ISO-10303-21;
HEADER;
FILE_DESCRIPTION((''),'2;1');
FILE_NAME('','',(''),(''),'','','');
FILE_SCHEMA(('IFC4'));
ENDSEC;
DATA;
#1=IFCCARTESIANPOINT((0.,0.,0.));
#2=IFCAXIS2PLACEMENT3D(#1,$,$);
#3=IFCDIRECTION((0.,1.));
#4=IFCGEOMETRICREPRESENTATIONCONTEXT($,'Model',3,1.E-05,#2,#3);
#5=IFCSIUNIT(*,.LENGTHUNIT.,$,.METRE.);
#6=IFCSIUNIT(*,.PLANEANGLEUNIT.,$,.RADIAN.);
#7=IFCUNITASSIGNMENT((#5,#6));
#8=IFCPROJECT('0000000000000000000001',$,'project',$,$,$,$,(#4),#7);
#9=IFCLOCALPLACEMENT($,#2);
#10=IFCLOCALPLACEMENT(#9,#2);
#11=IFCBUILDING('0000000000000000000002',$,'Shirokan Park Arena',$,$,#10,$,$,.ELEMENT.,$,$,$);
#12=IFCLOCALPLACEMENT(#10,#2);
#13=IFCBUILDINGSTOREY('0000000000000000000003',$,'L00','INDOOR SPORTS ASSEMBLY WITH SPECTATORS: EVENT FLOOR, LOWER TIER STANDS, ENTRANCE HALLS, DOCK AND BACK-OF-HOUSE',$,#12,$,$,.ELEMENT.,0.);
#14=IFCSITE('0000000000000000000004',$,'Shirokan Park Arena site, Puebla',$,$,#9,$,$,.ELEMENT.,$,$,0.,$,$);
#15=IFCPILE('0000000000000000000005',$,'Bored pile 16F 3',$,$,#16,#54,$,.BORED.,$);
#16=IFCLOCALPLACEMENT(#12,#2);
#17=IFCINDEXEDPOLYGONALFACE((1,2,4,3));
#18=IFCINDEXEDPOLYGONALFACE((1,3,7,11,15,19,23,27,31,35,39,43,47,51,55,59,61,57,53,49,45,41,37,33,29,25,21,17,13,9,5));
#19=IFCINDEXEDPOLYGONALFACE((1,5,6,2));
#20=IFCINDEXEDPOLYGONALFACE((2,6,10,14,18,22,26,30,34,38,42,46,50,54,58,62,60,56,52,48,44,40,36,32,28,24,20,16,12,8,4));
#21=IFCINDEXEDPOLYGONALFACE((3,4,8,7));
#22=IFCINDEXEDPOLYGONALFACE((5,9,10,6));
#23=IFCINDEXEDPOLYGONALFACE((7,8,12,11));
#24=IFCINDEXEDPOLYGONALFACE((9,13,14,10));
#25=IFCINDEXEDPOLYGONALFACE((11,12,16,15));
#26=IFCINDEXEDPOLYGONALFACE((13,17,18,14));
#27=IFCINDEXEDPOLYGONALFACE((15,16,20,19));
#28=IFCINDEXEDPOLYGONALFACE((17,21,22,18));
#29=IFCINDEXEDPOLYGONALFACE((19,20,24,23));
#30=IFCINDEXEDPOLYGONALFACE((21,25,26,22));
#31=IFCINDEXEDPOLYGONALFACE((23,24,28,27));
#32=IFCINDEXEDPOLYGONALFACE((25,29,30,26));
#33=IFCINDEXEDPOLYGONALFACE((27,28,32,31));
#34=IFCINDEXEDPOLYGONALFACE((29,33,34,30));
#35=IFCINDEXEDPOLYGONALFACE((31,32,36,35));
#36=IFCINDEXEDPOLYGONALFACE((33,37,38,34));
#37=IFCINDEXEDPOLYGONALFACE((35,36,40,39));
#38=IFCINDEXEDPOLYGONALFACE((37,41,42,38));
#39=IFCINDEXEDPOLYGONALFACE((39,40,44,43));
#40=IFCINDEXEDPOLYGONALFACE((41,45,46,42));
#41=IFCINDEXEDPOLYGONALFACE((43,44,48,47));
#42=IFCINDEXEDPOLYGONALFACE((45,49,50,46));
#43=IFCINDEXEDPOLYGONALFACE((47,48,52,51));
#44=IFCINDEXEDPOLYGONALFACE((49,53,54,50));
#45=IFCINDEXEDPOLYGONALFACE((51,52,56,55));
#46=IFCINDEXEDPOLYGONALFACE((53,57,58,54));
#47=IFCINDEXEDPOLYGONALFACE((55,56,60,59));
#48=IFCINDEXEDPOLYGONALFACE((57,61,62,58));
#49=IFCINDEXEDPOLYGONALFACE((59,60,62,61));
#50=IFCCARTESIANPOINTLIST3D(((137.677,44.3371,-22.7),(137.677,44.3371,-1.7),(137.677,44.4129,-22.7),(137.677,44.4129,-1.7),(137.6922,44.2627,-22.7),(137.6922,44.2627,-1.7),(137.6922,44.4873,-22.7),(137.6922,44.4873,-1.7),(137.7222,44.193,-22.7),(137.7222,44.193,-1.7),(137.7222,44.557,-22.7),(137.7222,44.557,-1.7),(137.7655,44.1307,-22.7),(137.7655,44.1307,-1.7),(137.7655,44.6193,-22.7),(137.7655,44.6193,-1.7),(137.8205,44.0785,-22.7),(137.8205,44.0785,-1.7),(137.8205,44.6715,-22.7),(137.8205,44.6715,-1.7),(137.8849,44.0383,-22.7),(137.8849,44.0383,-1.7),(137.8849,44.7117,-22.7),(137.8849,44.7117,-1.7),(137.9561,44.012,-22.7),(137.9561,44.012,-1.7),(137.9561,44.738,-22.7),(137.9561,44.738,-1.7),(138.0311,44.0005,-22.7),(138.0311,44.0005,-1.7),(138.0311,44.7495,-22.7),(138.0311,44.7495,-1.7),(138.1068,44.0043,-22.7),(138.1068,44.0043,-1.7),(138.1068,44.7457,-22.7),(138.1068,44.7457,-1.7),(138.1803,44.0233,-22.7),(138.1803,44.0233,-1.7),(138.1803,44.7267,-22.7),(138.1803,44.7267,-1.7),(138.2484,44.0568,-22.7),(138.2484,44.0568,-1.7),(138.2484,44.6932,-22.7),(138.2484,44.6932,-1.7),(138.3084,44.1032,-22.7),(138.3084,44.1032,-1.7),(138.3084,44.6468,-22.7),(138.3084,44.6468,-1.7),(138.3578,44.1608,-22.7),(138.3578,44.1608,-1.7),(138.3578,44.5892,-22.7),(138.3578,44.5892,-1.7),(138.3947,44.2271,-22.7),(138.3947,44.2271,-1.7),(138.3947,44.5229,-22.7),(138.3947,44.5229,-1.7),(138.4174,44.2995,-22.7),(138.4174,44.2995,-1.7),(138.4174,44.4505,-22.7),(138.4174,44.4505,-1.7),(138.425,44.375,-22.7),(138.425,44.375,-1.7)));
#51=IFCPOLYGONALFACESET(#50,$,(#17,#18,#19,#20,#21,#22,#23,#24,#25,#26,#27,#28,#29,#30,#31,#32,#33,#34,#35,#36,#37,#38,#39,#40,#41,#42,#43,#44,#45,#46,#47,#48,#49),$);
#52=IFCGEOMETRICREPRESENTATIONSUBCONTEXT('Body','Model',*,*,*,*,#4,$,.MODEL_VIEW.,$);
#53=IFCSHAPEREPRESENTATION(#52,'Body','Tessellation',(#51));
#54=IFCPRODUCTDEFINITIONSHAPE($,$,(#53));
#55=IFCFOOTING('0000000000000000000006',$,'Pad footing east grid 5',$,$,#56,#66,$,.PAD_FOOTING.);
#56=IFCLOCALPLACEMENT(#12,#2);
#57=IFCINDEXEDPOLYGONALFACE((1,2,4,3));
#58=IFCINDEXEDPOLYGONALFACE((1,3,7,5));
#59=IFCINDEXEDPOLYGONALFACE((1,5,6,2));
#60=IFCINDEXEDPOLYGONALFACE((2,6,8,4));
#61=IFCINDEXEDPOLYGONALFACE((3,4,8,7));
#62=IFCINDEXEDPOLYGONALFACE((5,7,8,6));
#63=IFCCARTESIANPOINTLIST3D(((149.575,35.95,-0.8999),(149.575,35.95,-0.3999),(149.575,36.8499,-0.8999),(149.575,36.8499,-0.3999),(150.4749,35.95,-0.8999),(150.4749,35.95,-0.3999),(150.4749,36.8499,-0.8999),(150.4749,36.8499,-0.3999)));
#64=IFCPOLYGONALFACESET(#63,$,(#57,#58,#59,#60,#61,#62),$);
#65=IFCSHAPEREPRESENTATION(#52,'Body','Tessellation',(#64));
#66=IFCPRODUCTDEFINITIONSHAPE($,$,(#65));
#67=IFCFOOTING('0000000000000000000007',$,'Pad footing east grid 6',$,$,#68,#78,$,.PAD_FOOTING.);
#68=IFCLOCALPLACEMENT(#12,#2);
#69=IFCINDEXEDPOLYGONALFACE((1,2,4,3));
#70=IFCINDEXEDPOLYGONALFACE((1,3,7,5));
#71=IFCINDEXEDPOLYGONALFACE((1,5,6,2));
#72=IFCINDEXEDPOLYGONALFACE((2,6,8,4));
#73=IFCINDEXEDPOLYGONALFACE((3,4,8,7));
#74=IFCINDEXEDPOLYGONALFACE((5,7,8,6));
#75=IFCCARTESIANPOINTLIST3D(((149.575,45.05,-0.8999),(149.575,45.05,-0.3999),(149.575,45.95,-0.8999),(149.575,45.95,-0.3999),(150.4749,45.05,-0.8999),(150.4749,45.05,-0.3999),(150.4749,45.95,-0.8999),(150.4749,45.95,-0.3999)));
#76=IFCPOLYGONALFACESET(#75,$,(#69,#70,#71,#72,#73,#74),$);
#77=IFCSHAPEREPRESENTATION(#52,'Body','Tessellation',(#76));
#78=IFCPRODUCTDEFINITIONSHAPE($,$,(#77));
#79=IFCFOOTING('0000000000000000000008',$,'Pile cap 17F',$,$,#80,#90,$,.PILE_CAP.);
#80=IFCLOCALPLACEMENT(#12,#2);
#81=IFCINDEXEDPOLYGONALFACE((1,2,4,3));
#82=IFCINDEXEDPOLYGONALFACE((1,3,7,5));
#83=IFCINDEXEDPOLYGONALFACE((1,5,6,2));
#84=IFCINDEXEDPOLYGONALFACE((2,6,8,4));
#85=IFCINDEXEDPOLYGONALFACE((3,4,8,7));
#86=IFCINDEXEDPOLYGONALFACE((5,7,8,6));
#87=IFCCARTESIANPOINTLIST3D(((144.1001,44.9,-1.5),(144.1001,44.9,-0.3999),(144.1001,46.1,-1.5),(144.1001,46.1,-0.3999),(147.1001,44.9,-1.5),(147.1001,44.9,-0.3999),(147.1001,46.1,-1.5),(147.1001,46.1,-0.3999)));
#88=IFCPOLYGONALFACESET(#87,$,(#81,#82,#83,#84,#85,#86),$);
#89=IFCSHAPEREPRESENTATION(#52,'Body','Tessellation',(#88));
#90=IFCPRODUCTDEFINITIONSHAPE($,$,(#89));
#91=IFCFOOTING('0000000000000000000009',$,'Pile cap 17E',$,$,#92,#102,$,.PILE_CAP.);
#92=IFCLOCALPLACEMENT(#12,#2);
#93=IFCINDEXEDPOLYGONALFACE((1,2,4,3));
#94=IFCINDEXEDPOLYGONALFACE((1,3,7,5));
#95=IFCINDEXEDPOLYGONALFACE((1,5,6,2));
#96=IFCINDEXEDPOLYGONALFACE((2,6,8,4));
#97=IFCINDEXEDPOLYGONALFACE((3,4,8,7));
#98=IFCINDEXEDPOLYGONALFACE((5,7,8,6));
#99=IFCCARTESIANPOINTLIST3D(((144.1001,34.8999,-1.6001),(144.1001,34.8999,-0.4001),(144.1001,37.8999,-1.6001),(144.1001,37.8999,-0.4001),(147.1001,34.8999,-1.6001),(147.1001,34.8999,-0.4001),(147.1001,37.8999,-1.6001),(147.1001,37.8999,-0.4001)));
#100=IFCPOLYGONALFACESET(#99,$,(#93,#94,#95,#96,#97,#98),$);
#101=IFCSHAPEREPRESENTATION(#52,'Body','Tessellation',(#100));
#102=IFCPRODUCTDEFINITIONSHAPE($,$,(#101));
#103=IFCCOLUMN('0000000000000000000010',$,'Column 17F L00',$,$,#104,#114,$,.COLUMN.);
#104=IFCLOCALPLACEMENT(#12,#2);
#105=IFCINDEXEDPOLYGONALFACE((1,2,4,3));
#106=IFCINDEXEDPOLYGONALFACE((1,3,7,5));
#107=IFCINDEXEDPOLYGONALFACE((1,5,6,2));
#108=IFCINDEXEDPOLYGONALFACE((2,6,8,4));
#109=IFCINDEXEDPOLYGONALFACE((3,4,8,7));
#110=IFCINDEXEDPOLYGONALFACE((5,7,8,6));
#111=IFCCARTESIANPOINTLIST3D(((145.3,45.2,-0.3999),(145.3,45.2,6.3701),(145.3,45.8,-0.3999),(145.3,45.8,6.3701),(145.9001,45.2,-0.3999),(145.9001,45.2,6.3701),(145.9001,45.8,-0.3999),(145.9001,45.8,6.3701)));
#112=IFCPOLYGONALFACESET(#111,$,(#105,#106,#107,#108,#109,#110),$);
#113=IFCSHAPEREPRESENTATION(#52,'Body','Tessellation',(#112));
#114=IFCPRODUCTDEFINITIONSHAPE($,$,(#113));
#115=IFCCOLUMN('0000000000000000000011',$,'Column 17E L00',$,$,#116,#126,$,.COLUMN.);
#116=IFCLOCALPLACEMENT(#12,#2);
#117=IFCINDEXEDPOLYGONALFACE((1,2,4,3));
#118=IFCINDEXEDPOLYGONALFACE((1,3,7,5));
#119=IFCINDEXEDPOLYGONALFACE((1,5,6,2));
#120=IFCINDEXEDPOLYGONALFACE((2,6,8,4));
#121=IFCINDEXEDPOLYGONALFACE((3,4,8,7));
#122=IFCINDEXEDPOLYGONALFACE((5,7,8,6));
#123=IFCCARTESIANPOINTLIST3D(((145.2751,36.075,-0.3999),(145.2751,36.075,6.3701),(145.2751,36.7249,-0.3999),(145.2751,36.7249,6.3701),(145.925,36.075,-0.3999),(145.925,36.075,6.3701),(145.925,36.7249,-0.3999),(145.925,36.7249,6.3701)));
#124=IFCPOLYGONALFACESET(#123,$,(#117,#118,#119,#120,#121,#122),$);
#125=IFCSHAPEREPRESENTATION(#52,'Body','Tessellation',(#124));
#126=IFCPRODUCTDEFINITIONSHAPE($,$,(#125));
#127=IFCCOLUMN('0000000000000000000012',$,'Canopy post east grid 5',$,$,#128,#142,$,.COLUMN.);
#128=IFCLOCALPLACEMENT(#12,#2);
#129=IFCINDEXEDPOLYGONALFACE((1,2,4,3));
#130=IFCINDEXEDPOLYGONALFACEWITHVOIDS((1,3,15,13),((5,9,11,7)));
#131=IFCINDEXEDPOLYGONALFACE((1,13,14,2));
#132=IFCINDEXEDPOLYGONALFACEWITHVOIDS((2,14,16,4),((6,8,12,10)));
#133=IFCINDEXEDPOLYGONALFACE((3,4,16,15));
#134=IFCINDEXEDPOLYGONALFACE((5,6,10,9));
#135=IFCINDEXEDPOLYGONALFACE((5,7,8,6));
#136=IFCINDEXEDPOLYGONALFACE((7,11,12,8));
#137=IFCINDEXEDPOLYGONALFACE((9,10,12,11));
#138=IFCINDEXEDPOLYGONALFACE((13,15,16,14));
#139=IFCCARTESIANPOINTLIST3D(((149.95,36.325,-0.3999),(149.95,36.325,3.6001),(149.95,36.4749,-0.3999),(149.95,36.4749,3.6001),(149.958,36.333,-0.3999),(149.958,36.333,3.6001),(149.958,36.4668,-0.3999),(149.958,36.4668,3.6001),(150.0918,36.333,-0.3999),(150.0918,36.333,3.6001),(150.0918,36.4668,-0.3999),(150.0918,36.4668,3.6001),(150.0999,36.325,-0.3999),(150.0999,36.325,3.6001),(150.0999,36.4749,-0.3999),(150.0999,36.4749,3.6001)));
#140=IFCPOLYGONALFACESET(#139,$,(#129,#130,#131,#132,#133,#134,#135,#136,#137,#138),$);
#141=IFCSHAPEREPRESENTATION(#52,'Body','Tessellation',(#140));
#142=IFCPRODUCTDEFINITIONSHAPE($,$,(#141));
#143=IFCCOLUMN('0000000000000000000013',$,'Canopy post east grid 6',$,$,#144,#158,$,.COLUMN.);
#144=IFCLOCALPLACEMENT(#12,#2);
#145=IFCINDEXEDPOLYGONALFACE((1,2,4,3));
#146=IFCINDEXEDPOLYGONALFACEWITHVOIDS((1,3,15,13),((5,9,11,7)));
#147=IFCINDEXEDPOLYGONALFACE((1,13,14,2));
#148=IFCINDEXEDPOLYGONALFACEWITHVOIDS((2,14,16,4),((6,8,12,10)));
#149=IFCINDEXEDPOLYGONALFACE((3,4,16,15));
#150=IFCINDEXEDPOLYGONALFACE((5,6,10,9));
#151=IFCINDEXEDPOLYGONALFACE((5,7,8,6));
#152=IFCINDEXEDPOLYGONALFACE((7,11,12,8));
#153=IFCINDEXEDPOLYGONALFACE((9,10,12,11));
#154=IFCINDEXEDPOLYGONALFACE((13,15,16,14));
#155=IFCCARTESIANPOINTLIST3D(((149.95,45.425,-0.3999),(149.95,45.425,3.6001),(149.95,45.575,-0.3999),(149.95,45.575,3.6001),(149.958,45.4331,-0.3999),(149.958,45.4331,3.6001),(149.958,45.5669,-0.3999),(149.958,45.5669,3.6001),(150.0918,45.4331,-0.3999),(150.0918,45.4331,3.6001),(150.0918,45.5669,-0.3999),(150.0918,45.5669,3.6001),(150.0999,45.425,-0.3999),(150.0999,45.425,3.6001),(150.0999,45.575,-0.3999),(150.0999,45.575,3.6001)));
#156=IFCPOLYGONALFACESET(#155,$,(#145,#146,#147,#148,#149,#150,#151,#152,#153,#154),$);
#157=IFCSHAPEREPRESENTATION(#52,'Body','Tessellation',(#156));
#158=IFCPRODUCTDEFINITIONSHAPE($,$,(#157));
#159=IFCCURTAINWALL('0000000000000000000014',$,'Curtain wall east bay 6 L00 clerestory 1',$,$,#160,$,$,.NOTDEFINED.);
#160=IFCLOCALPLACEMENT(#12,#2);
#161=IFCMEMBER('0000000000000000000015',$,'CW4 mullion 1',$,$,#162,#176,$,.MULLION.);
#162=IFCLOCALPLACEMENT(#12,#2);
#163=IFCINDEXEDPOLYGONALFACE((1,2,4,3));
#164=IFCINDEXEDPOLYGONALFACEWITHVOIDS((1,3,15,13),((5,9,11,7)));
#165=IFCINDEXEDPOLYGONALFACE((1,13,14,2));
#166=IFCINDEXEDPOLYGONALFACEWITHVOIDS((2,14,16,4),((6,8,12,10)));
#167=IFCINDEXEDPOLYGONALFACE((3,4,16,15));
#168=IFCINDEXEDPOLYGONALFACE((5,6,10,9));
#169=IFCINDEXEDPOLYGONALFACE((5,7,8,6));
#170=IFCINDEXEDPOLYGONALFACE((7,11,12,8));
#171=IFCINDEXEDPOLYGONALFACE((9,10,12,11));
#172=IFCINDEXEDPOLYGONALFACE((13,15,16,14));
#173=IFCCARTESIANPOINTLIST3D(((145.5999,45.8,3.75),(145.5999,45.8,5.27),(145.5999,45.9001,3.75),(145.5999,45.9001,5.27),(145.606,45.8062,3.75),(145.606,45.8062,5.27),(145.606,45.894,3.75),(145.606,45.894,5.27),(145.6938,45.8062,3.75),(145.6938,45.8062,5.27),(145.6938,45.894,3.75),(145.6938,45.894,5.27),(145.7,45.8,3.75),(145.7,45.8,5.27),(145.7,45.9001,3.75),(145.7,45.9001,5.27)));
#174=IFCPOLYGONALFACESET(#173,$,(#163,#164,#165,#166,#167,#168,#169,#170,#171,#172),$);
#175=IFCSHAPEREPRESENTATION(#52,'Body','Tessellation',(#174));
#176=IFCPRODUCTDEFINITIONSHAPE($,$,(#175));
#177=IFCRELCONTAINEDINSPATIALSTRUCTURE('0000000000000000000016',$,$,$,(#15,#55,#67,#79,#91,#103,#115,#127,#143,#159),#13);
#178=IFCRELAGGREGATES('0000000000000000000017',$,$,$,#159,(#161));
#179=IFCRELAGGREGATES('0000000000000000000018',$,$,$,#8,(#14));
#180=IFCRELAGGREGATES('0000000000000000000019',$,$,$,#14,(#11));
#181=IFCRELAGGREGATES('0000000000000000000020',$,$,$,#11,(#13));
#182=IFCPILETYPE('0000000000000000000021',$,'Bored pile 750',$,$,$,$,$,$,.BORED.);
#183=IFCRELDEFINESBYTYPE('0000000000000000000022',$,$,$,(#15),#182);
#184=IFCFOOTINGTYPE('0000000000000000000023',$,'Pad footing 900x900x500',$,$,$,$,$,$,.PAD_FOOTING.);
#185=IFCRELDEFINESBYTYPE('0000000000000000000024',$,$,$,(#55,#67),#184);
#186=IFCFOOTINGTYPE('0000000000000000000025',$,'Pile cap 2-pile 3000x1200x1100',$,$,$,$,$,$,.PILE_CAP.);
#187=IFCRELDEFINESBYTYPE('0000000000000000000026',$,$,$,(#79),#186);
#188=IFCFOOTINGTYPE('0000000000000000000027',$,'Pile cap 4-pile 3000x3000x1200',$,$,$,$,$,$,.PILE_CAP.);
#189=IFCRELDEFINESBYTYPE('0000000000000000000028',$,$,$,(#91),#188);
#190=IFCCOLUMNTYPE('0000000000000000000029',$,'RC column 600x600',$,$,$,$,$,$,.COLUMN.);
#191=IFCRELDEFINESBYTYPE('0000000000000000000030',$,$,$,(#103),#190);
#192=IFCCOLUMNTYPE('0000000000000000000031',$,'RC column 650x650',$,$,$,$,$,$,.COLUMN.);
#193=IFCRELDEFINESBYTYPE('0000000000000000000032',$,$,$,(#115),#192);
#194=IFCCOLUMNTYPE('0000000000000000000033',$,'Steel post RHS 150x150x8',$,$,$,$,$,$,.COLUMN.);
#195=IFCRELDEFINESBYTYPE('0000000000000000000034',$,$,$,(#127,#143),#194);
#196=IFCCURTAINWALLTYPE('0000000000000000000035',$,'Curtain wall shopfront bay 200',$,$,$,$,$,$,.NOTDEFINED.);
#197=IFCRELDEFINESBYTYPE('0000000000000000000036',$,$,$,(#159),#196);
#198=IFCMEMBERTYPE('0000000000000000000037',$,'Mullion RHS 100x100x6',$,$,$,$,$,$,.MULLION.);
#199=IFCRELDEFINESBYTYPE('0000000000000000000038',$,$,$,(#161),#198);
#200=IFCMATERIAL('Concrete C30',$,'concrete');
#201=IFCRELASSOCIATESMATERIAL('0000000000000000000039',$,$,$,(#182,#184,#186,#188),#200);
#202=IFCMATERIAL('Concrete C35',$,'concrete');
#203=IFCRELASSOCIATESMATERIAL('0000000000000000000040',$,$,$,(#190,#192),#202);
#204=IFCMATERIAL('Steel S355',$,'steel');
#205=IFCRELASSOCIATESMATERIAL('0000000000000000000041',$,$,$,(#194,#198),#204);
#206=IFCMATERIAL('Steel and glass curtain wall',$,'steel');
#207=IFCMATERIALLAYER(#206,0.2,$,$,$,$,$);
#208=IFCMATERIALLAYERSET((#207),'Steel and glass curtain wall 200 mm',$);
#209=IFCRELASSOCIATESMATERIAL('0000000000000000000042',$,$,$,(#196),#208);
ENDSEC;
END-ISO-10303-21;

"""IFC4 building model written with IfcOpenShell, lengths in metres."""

from ifc_helpers import new_model, si_unit, direction, frame, origin, origin_2d, place, context, subcontext, project, spatial, rectangle, hollow_rectangle, circle, extrude, material, layer, layer_set, material_profile, profile_set, type_object, element, aggregate, save


model = new_model("IFC4")

# Units and contexts
model_context = context("Model", 3, precision=1e-05, world=origin(), true_north=direction((0.0, 1.0)))
body_context = subcontext(model_context, "Body", "Model", "MODEL_VIEW")
ifc_project = project(units=[si_unit("LENGTHUNIT", "METRE"), si_unit("PLANEANGLEUNIT", "RADIAN")], contexts=[model_context])

# Site, building, storey
site_placement = place(None, origin())
site = spatial("IfcSite", under=ifc_project, at=site_placement, Name="Shirokan Park Arena site, Puebla", CompositionType="ELEMENT", RefElevation=0.0)
building_placement = place(site_placement, origin())
building = spatial("IfcBuilding", under=site, at=building_placement, Name="Shirokan Park Arena", CompositionType="ELEMENT")
storey_placement = place(building_placement, origin())
storey = spatial("IfcBuildingStorey", under=building, at=storey_placement, Name="L00", Description="INDOOR SPORTS ASSEMBLY WITH SPECTATORS: EVENT FLOOR, LOWER TIER STANDS, ENTRANCE HALLS, DOCK AND BACK-OF-HOUSE", CompositionType="ELEMENT", Elevation=0.0)

# Pile
ifc_material_1 = material(Name="Concrete C30", Category="concrete")
ifc_material_profile_1 = material_profile(ifc_material_1, circle(Radius=0.375, at=origin_2d()), Name="D750")
ifc_profile_set_1 = profile_set([ifc_material_profile_1], Name="Concrete C30")
pile_type_1 = type_object("IfcPileType", Name="Bored pile 750", PredefinedType="BORED", material=ifc_profile_set_1)
for number, where, z_axis, x_axis, name in (
    (1, (138.05, 44.375, -1.7), (0.0, 0.0, -1.0), (1.0, 0.0, 0.0), "Bored pile 16F 3"),
):
    element("IfcPile", number, at=place(storey_placement, frame(where, z_axis=z_axis, x_axis=x_axis)), inside=storey, type_object=pile_type_1, Name=name, PredefinedType="BORED", context=body_context, shape_type="SweptSolid", body=[
        extrude(circle(Radius=0.375, at=origin_2d()), origin(), (0.0, 0.0, 1.0), 21.0),
    ])

# Footings
footing_type_1 = type_object("IfcFootingType", Name="Pad footing 900x900x500", PredefinedType="PAD_FOOTING", material=ifc_material_1)
for number, where, z_axis, x_axis, name in (
    (2, (150.0249, 36.3999, -0.8999), (0.0, 0.0, 1.0), (1.0, 0.0, 0.0), "Pad footing east grid 5"),
    (3, (150.0249, 45.5, -0.8999), (0.0, 0.0, 1.0), (1.0, 0.0, 0.0), "Pad footing east grid 6"),
):
    element("IfcFooting", number, at=place(storey_placement, frame(where, z_axis=z_axis, x_axis=x_axis)), inside=storey, type_object=footing_type_1, Name=name, PredefinedType="PAD_FOOTING", context=body_context, shape_type="SweptSolid", body=[
        extrude(rectangle(XDim=0.8999, YDim=0.8999, at=origin_2d()), origin(), (0.0, 0.0, 1.0), 0.5),
    ])
footing_type_2 = type_object("IfcFootingType", Name="Pile cap 2-pile 3000x1200x1100", PredefinedType="PILE_CAP", material=ifc_material_1)
footing_1_placement = place(storey_placement, frame((145.6001, 45.5, -1.5), z_axis=(0.0, 0.0, 1.0), x_axis=(1.0, 0.0, 0.0)))
element("IfcFooting", 4, at=footing_1_placement, inside=storey, type_object=footing_type_2, Name="Pile cap 17F", PredefinedType="PILE_CAP", context=body_context, shape_type="SweptSolid", body=[
    extrude(rectangle(XDim=3.0, YDim=1.2, at=origin_2d()), origin(), (0.0, 0.0, 1.0), 1.1001),
])
footing_type_3 = type_object("IfcFootingType", Name="Pile cap 4-pile 3000x3000x1200", PredefinedType="PILE_CAP", material=ifc_material_1)
footing_2_placement = place(storey_placement, frame((145.6001, 36.3999, -1.6001), z_axis=(0.0, 0.0, 1.0), x_axis=(1.0, 0.0, 0.0)))
element("IfcFooting", 5, at=footing_2_placement, inside=storey, type_object=footing_type_3, Name="Pile cap 17E", PredefinedType="PILE_CAP", context=body_context, shape_type="SweptSolid", body=[
    extrude(rectangle(XDim=3.0, YDim=3.0, at=origin_2d()), origin(), (0.0, 0.0, 1.0), 1.2),
])

# Columns
ifc_material_2 = material(Name="Concrete C35", Category="concrete")
ifc_material_profile_2 = material_profile(ifc_material_2, rectangle(XDim=0.6001, YDim=0.6001, at=origin_2d()), Name="600x600")
ifc_profile_set_2 = profile_set([ifc_material_profile_2], Name="Concrete C35")
column_type_1 = type_object("IfcColumnType", Name="RC column 600x600", PredefinedType="COLUMN", material=ifc_profile_set_2)
column_1_placement = place(storey_placement, frame((145.6001, 45.5, -0.3999), z_axis=(0.0, 0.0, 1.0), x_axis=(1.0, 0.0, 0.0)))
element("IfcColumn", 6, at=column_1_placement, inside=storey, type_object=column_type_1, Name="Column 17F L00", PredefinedType="COLUMN", context=body_context, shape_type="SweptSolid", body=[
    extrude(rectangle(XDim=0.6001, YDim=0.6001, at=origin_2d()), origin(), (0.0, 0.0, 1.0), 6.77),
])
ifc_material_profile_3 = material_profile(ifc_material_2, rectangle(XDim=0.6499, YDim=0.6499, at=origin_2d()), Name="650x650")
ifc_profile_set_3 = profile_set([ifc_material_profile_3], Name="Concrete C35")
column_type_2 = type_object("IfcColumnType", Name="RC column 650x650", PredefinedType="COLUMN", material=ifc_profile_set_3)
column_2_placement = place(storey_placement, frame((145.6001, 36.3999, -0.3999), z_axis=(0.0, 0.0, 1.0), x_axis=(1.0, 0.0, 0.0)))
element("IfcColumn", 7, at=column_2_placement, inside=storey, type_object=column_type_2, Name="Column 17E L00", PredefinedType="COLUMN", context=body_context, shape_type="SweptSolid", body=[
    extrude(rectangle(XDim=0.6499, YDim=0.6499, at=origin_2d()), origin(), (0.0, 0.0, 1.0), 6.77),
])
ifc_material_3 = material(Name="Steel S355", Category="steel")
ifc_material_profile_4 = material_profile(ifc_material_3, hollow_rectangle(XDim=0.1499, YDim=0.1499, WallThickness=0.0081, at=origin_2d()), Name="RHS 150x150x8")
ifc_profile_set_4 = profile_set([ifc_material_profile_4], Name="Steel S355")
column_type_3 = type_object("IfcColumnType", Name="Steel post RHS 150x150x8", PredefinedType="COLUMN", material=ifc_profile_set_4)
for number, where, z_axis, x_axis, name in (
    (8, (150.0249, 36.3999, -0.3999), (0.0, 0.0, 1.0), (1.0, 0.0, 0.0), "Canopy post east grid 5"),
    (9, (150.0249, 45.5, -0.3999), (0.0, 0.0, 1.0), (1.0, 0.0, 0.0), "Canopy post east grid 6"),
):
    element("IfcColumn", number, at=place(storey_placement, frame(where, z_axis=z_axis, x_axis=x_axis)), inside=storey, type_object=column_type_3, Name=name, PredefinedType="COLUMN", context=body_context, shape_type="SweptSolid", body=[
        extrude(hollow_rectangle(XDim=0.1499, YDim=0.1499, WallThickness=0.0081, at=origin_2d()), origin(), (0.0, 0.0, 1.0), 4.0),
    ])

# Curtain wall, member
ifc_material_4 = material(Name="Steel and glass curtain wall", Category="steel")
ifc_layer_1 = layer(ifc_material_4, 0.2)
ifc_layer_set_1 = layer_set([ifc_layer_1], Name="Steel and glass curtain wall 200 mm")
curtain_wall_type = type_object("IfcCurtainWallType", Name="Curtain wall shopfront bay 200", PredefinedType="NOTDEFINED", material=ifc_layer_set_1)
curtain_wall_placement = place(storey_placement, origin())
curtain_wall = element("IfcCurtainWall", 10, at=curtain_wall_placement, inside=storey, type_object=curtain_wall_type, Name="Curtain wall east bay 6 L00 clerestory 1", PredefinedType="NOTDEFINED")
ifc_material_profile_5 = material_profile(ifc_material_3, hollow_rectangle(XDim=0.1001, YDim=0.1001, WallThickness=0.0061, at=origin_2d()), Name="RHS 100x100x6")
ifc_profile_set_5 = profile_set([ifc_material_profile_5], Name="Steel S355")
member_type_1 = type_object("IfcMemberType", Name="Mullion RHS 100x100x6", PredefinedType="MULLION", material=ifc_profile_set_5)
member_1_placement = place(storey_placement, frame((145.6499, 45.8501, 3.75), z_axis=(0.0, 0.0, 1.0), x_axis=(-1.0, 0.0, 0.0)))
member_1 = element("IfcMember", 11, at=member_1_placement, type_object=member_type_1, Name="CW4 mullion 1", PredefinedType="MULLION", context=body_context, shape_type="SweptSolid", body=[
    extrude(hollow_rectangle(XDim=0.1001, YDim=0.1001, WallThickness=0.0061, at=origin_2d()), origin(), (0.0, 0.0, 1.0), 1.52),
])
aggregate(curtain_wall, [member_1])

save(model, "model.ifc")
